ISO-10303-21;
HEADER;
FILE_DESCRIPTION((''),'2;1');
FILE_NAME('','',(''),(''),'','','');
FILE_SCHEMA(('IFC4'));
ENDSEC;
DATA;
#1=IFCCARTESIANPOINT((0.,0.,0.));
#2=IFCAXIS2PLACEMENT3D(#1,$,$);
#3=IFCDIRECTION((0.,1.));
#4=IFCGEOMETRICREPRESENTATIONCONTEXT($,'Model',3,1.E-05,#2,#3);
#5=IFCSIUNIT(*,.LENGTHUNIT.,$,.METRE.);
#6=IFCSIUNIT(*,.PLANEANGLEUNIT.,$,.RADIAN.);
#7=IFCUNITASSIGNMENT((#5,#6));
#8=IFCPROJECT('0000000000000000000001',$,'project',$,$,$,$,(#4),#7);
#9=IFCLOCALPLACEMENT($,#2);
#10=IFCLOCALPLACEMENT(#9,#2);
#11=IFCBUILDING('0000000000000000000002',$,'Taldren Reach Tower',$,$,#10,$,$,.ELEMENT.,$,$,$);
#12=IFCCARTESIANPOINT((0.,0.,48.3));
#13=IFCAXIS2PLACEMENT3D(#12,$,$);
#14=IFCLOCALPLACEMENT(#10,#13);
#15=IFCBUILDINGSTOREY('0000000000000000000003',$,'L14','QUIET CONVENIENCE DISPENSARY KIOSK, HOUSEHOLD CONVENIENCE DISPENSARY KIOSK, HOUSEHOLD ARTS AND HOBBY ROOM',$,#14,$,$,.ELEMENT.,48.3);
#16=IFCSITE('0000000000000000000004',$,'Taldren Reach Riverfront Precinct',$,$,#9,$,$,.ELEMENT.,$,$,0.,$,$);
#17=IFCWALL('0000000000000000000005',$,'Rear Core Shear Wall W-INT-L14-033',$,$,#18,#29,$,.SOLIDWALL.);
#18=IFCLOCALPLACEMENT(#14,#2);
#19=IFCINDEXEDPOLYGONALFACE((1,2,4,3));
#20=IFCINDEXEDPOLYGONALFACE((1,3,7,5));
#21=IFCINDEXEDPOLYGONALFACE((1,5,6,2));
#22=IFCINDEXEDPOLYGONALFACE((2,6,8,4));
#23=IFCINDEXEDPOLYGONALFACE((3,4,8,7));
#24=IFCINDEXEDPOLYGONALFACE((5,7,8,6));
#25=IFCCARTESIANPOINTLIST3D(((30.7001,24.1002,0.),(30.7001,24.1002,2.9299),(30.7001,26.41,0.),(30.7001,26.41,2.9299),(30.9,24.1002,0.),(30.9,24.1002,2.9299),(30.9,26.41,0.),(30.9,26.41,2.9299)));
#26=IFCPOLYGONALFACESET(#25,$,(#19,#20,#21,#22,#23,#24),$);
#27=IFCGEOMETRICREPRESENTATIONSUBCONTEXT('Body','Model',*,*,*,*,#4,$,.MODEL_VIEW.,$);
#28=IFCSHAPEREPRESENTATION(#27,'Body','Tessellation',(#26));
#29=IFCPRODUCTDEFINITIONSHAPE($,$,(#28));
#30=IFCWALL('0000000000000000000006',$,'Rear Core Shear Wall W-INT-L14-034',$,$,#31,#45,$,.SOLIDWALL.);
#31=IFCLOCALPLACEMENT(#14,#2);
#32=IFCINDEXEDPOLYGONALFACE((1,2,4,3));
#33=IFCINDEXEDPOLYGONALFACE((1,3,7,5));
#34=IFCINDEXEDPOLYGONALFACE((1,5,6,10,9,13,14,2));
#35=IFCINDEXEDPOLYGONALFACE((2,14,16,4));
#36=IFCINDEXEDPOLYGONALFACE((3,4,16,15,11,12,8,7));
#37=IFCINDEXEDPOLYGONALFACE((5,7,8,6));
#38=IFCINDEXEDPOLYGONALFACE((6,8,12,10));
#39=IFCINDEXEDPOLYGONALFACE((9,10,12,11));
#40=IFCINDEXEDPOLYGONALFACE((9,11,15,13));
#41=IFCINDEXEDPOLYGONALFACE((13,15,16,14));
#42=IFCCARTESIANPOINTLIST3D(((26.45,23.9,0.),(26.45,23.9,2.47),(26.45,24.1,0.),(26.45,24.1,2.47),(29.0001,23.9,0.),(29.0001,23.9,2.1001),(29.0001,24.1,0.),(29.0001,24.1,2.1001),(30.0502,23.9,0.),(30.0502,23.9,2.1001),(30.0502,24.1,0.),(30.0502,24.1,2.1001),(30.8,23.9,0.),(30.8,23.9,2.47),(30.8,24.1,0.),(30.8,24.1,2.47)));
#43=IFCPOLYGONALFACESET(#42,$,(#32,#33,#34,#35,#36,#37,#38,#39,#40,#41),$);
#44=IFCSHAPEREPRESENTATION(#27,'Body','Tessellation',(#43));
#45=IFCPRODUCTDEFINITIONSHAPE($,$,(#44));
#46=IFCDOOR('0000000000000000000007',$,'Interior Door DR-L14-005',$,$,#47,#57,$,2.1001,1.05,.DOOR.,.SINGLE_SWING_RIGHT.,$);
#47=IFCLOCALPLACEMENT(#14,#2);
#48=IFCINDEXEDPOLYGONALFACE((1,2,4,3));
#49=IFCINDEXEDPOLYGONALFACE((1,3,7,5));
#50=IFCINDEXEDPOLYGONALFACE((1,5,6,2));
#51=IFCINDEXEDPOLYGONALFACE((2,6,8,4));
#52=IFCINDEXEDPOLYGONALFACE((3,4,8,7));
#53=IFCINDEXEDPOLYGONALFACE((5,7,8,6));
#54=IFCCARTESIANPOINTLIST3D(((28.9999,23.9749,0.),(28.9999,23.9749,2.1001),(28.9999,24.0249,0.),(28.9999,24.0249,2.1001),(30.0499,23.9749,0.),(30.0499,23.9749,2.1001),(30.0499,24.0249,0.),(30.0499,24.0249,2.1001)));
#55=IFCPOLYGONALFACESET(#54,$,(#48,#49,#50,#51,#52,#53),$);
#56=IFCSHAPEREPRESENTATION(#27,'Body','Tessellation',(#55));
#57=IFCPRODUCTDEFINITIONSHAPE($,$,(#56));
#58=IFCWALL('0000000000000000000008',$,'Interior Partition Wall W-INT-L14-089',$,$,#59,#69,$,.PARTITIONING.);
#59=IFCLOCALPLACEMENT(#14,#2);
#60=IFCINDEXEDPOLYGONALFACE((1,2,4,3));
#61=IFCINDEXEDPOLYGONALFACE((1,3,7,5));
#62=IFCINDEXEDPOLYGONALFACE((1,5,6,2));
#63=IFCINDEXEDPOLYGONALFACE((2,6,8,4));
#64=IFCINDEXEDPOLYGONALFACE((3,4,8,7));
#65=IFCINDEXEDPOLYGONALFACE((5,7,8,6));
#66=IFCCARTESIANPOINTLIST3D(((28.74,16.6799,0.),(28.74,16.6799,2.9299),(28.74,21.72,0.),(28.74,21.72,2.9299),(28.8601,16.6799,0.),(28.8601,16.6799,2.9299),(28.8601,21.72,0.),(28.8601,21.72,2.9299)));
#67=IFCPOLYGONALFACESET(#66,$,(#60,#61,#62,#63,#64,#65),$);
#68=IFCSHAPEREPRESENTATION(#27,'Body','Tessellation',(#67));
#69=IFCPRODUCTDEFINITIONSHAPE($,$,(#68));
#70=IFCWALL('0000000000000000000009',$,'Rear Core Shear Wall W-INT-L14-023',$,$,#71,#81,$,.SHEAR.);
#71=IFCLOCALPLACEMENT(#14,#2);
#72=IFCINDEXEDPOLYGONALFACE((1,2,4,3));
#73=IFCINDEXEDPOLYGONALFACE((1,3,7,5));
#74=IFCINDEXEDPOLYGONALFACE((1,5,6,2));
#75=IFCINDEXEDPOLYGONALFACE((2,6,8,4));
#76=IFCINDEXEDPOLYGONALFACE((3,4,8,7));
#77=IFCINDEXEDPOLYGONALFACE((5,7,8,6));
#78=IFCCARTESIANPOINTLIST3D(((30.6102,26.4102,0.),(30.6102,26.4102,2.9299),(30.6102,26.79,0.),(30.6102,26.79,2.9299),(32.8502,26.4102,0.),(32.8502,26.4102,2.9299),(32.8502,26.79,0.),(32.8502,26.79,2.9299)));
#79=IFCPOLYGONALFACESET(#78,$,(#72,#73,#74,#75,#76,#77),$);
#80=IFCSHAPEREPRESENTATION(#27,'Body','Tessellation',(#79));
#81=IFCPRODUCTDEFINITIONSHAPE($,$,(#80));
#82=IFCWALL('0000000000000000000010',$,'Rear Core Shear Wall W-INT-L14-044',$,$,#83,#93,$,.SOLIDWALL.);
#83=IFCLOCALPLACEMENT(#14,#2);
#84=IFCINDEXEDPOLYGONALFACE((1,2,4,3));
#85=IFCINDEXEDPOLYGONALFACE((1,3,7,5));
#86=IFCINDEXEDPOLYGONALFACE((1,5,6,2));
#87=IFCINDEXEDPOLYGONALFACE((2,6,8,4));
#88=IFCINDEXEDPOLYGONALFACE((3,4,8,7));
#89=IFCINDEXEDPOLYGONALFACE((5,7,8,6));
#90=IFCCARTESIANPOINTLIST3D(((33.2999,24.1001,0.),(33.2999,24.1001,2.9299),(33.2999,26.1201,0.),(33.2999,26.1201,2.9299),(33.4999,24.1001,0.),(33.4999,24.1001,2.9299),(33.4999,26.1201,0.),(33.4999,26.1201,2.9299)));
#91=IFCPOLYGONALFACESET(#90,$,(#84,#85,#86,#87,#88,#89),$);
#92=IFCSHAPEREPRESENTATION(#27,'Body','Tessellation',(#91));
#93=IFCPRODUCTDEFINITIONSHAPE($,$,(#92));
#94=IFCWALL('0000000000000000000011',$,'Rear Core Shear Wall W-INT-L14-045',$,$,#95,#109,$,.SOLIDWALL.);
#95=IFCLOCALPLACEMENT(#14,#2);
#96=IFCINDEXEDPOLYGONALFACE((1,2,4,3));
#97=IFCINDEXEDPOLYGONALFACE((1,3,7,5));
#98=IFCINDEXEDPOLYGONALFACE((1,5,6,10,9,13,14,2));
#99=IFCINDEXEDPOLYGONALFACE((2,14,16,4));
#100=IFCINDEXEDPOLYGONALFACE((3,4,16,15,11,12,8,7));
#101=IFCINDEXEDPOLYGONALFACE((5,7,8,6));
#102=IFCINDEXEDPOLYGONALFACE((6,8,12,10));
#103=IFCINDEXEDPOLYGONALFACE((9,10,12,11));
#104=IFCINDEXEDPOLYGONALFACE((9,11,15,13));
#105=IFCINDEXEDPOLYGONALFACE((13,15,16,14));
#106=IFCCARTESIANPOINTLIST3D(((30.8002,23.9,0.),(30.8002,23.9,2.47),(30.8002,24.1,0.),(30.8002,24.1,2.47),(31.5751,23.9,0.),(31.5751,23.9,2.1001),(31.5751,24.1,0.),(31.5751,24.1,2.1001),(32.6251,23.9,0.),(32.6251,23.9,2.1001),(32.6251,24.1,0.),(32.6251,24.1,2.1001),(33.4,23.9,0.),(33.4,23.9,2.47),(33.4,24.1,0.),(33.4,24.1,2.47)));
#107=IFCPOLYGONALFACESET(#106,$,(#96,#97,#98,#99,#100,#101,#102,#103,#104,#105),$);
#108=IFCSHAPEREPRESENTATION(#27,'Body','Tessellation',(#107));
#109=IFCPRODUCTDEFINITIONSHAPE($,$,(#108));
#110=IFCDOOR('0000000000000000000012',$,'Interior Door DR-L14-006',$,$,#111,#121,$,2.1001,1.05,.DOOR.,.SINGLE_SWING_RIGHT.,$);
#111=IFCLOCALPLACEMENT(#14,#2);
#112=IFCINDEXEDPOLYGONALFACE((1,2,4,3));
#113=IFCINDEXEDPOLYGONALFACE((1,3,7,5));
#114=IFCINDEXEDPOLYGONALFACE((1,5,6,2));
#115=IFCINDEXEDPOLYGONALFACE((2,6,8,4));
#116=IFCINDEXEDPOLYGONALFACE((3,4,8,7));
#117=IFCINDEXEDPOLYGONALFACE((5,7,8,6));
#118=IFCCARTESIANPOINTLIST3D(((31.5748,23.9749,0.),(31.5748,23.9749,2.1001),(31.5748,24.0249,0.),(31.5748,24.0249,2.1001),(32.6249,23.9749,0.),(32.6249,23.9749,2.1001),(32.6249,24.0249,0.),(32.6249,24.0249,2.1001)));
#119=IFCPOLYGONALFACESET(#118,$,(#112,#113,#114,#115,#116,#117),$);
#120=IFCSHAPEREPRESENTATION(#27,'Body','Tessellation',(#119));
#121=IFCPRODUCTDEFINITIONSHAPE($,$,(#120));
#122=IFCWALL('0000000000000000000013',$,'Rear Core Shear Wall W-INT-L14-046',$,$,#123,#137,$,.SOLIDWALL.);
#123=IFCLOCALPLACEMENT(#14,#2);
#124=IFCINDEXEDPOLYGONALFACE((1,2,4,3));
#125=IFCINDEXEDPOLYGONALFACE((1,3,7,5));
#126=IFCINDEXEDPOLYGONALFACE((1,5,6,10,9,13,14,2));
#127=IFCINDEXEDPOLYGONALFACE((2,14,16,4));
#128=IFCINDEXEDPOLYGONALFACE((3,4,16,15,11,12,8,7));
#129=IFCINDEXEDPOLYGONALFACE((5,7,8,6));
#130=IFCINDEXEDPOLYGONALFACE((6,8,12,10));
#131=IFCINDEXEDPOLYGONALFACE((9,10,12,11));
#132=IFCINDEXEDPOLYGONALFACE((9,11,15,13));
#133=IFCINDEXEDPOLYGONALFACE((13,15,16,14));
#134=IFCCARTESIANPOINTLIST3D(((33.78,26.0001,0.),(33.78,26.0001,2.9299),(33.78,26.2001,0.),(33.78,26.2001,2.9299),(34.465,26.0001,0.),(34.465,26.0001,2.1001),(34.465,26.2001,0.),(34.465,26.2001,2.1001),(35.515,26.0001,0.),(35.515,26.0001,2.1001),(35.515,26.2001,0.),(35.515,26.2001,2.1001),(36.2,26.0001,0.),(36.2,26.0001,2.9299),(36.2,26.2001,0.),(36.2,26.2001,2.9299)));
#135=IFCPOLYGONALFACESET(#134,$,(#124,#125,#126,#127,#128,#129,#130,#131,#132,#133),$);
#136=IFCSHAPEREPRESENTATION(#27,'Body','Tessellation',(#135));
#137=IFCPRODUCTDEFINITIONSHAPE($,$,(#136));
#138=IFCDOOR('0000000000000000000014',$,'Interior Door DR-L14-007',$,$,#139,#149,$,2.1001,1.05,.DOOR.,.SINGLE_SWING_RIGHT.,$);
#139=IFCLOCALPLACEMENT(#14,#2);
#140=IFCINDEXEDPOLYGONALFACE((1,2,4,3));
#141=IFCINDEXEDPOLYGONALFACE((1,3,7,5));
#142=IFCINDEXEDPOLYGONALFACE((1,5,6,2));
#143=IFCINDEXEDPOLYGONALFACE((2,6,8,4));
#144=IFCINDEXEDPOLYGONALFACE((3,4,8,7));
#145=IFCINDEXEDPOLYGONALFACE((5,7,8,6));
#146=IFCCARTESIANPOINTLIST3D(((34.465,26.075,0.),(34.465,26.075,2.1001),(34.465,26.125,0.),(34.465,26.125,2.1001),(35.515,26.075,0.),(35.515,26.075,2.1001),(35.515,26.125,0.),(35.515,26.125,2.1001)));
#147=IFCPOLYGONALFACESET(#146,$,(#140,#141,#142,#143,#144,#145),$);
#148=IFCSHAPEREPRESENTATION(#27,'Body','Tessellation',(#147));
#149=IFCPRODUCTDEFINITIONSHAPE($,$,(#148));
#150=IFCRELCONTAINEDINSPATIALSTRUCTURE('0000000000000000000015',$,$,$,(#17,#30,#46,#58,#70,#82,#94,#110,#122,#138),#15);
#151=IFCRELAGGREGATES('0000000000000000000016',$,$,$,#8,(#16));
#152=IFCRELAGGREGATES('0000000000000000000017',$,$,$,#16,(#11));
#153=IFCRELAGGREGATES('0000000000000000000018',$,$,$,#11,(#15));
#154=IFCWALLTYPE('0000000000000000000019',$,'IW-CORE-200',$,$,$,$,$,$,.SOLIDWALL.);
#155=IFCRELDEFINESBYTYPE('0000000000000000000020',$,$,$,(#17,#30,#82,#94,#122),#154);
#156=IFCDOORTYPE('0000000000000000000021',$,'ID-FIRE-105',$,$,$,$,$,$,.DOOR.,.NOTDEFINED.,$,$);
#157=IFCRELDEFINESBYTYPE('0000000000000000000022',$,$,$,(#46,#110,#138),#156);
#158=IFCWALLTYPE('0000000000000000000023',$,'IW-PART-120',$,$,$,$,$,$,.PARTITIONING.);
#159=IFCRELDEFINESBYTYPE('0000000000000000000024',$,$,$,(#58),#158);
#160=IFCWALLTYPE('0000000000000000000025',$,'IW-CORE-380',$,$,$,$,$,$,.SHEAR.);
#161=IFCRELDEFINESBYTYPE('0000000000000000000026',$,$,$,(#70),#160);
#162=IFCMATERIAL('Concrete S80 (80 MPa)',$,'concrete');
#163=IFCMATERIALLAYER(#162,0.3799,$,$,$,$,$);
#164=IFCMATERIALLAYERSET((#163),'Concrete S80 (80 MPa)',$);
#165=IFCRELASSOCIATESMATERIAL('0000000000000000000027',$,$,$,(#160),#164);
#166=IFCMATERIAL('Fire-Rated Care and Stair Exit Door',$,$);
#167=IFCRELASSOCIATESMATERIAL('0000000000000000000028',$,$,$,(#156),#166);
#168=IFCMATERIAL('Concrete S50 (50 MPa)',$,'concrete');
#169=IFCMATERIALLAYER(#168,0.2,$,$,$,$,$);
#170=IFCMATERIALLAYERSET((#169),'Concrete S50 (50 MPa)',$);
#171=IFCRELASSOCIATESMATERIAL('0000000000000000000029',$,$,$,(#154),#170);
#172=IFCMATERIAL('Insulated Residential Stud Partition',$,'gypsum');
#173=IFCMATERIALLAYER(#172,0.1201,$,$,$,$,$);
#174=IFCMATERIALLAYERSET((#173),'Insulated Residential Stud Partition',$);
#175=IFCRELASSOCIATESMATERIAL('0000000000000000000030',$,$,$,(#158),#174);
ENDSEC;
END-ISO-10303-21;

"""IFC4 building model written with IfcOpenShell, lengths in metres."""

from ifc_helpers import new_model, si_unit, direction, frame, frame_2d, origin, place, context, subcontext, project, spatial, rectangle, extrude, source, transform, mapped, material, layer, layer_set, type_object, element, fill, save


model = new_model("IFC4")

# Units and contexts
model_context = context("Model", 3, precision=1e-05, world=origin(), true_north=direction((0.0, 1.0)))
body_context = subcontext(model_context, "Body", "Model", "MODEL_VIEW")
ifc_project = project(units=[si_unit("LENGTHUNIT", "METRE"), si_unit("PLANEANGLEUNIT", "RADIAN")], contexts=[model_context])

# Site, building, storey
site_placement = place(None, origin())
site = spatial("IfcSite", under=ifc_project, at=site_placement, Name="Taldren Reach Riverfront Precinct", CompositionType="ELEMENT", RefElevation=0.0)
building_placement = place(site_placement, origin())
building = spatial("IfcBuilding", under=site, at=building_placement, Name="Taldren Reach Tower", CompositionType="ELEMENT")
storey_placement = place(building_placement, frame((0.0, 0.0, 48.3)))
storey = spatial("IfcBuildingStorey", under=building, at=storey_placement, Name="L14", Description="QUIET CONVENIENCE DISPENSARY KIOSK, HOUSEHOLD CONVENIENCE DISPENSARY KIOSK, HOUSEHOLD ARTS AND HOBBY ROOM", CompositionType="ELEMENT", Elevation=48.3)

# Shared definitions
ifc_material_1 = material(Name="Concrete S80 (80 MPa)", Category="concrete")
ifc_layer_1 = layer(ifc_material_1, 0.3799)
ifc_layer_set_1 = layer_set([ifc_layer_1], Name="Concrete S80 (80 MPa)")
wall_type_1 = type_object("IfcWallType", Name="IW-CORE-380", PredefinedType="SHEAR", material=ifc_layer_set_1)
ifc_material_2 = material(Name="Fire-Rated Care and Stair Exit Door")
door_type = type_object("IfcDoorType", Name="ID-FIRE-105", OperationType="NOTDEFINED", PredefinedType="DOOR", material=ifc_material_2)
shared_shape_1 = source(origin(), body_context, "Body", "SweptSolid", [
    extrude(rectangle(XDim=1.05, YDim=2.1001, at=frame_2d((0.5249, 1.05))), frame((0.0, 0.0249, 0.0), z_axis=(0.0, -1.0, 0.0), x_axis=(1.0, 0.0, 0.0)), (0.0, 0.0, 1.0), 0.05),
])

# Shared definitions
ifc_material_3 = material(Name="Concrete S50 (50 MPa)", Category="concrete")
ifc_layer_2 = layer(ifc_material_3, 0.2)
ifc_layer_set_2 = layer_set([ifc_layer_2], Name="Concrete S50 (50 MPa)")
wall_type_2 = type_object("IfcWallType", Name="IW-CORE-200", PredefinedType="SOLIDWALL", material=ifc_layer_set_2)

# Shared definitions
shared_shape_2 = source(origin(), body_context, "Body", "SweptSolid", [
    extrude(rectangle(XDim=1.05, YDim=2.1001, at=frame_2d((0.5249, 1.05))), frame((0.0, 0.1099, 0.0), z_axis=(0.0, -1.0, 0.0), x_axis=(1.0, 0.0, 0.0)), (0.0, 0.0, 1.0), 0.22),
])

# Wall
shared_shape_3 = source(origin(), body_context, "Body", "SweptSolid", [
    extrude(rectangle(XDim=2.3098, YDim=0.2, at=frame_2d((1.1548, 0.0))), origin(), (0.0, 0.0, 1.0), 2.9299),
])
wall_1_placement = place(storey_placement, frame((30.8, 26.4099, 0.0), z_axis=(0.0, 0.0, 1.0), x_axis=(0.0, -1.0, 0.0)))
element("IfcWall", 1, at=wall_1_placement, inside=storey, type_object=wall_type_2, Name="Rear Core Shear Wall W-INT-L14-033", PredefinedType="SOLIDWALL", context=body_context, shape_type="MappedRepresentation", body=[
    mapped(shared_shape_3, transform((0.0, 0.0, 0.0), scale=1.0)),
])

# Wall, opening, door
shared_shape_4 = source(origin(), body_context, "Body", "SweptSolid", [
    extrude(rectangle(XDim=4.3501, YDim=0.2, at=frame_2d((2.175, 0.0))), origin(), (0.0, 0.0, 1.0), 2.47),
])
wall_2_placement = place(storey_placement, frame((30.8, 24.0, 0.0), z_axis=(0.0, 0.0, 1.0), x_axis=(-1.0, 0.0, 0.0)))
wall_2 = element("IfcWall", 2, at=wall_2_placement, inside=storey, type_object=wall_type_2, Name="Rear Core Shear Wall W-INT-L14-034", PredefinedType="SOLIDWALL", context=body_context, shape_type="MappedRepresentation", body=[
    mapped(shared_shape_4, transform((0.0, 0.0, 0.0), scale=1.0)),
])
opening_1_placement = place(wall_2_placement, frame((0.75, 0.0, 0.0)))
opening_1 = element("IfcOpeningElement", 3, at=opening_1_placement, cuts=wall_2, PredefinedType="OPENING", context=body_context, shape_type="MappedRepresentation", body=[
    mapped(shared_shape_2, transform((0.0, 0.0, 0.0), scale=1.0)),
])
door_1_placement = place(opening_1_placement, frame((1.05, 0.0, 0.0), z_axis=(0.0, 0.0, 1.0), x_axis=(-1.0, 0.0, 0.0)))
door_1 = element("IfcDoor", 4, at=door_1_placement, inside=storey, type_object=door_type, Name="Interior Door DR-L14-005", OperationType="SINGLE_SWING_RIGHT", OverallHeight=2.1001, OverallWidth=1.05, PredefinedType="DOOR", context=body_context, shape_type="MappedRepresentation", body=[
    mapped(shared_shape_1, transform((0.0, 0.0, 0.0), scale=1.0)),
])
fill(opening_1, door_1)

# Walls
ifc_material_4 = material(Name="Insulated Residential Stud Partition", Category="gypsum")
ifc_layer_3 = layer(ifc_material_4, 0.1201)
ifc_layer_set_3 = layer_set([ifc_layer_3], Name="Insulated Residential Stud Partition")
wall_type_3 = type_object("IfcWallType", Name="IW-PART-120", PredefinedType="PARTITIONING", material=ifc_layer_set_3)
shared_shape_5 = source(origin(), body_context, "Body", "SweptSolid", [
    extrude(rectangle(XDim=5.04, YDim=0.1201, at=frame_2d((2.52, 0.0))), origin(), (0.0, 0.0, 1.0), 2.9299),
])
wall_3_placement = place(storey_placement, frame((28.8, 21.72, 0.0), z_axis=(0.0, 0.0, 1.0), x_axis=(0.0, -1.0, 0.0)))
element("IfcWall", 5, at=wall_3_placement, inside=storey, type_object=wall_type_3, Name="Interior Partition Wall W-INT-L14-089", PredefinedType="PARTITIONING", context=body_context, shape_type="MappedRepresentation", body=[
    mapped(shared_shape_5, transform((0.0, 0.0, 0.0), scale=1.0)),
])
shared_shape_6 = source(origin(), body_context, "Body", "SweptSolid", [
    extrude(rectangle(XDim=2.24, YDim=0.3799, at=frame_2d((1.1201, 0.0))), origin(), (0.0, 0.0, 1.0), 2.9299),
])
wall_4_placement = place(storey_placement, frame((30.6101, 26.6001, 0.0), z_axis=(0.0, 0.0, 1.0), x_axis=(1.0, 0.0, 0.0)))
element("IfcWall", 6, at=wall_4_placement, inside=storey, type_object=wall_type_1, Name="Rear Core Shear Wall W-INT-L14-023", PredefinedType="SHEAR", context=body_context, shape_type="MappedRepresentation", body=[
    mapped(shared_shape_6, transform((0.0, 0.0, 0.0), scale=1.0)),
])
shared_shape_7 = source(origin(), body_context, "Body", "SweptSolid", [
    extrude(rectangle(XDim=2.02, YDim=0.2, at=frame_2d((1.01, 0.0))), origin(), (0.0, 0.0, 1.0), 2.9299),
])
wall_5_placement = place(storey_placement, frame((33.3999, 26.1201, 0.0), z_axis=(0.0, 0.0, 1.0), x_axis=(0.0, -1.0, 0.0)))
element("IfcWall", 7, at=wall_5_placement, inside=storey, type_object=wall_type_2, Name="Rear Core Shear Wall W-INT-L14-044", PredefinedType="SOLIDWALL", context=body_context, shape_type="MappedRepresentation", body=[
    mapped(shared_shape_7, transform((0.0, 0.0, 0.0), scale=1.0)),
])

# Walls, openings, doors
shared_shape_8 = source(origin(), body_context, "Body", "SweptSolid", [
    extrude(rectangle(XDim=2.5999, YDim=0.2, at=frame_2d((1.2998, 0.0))), origin(), (0.0, 0.0, 1.0), 2.47),
])
wall_6_placement = place(storey_placement, frame((33.3999, 24.0, 0.0), z_axis=(0.0, 0.0, 1.0), x_axis=(-1.0, 0.0, 0.0)))
wall_6 = element("IfcWall", 8, at=wall_6_placement, inside=storey, type_object=wall_type_2, Name="Rear Core Shear Wall W-INT-L14-045", PredefinedType="SOLIDWALL", context=body_context, shape_type="MappedRepresentation", body=[
    mapped(shared_shape_8, transform((0.0, 0.0, 0.0), scale=1.0)),
])
opening_2_placement = place(wall_6_placement, frame((0.7749, 0.0, 0.0)))
opening_2 = element("IfcOpeningElement", 9, at=opening_2_placement, cuts=wall_6, PredefinedType="OPENING", context=body_context, shape_type="MappedRepresentation", body=[
    mapped(shared_shape_2, transform((0.0, 0.0, 0.0), scale=1.0)),
])
door_2_placement = place(opening_2_placement, frame((1.05, 0.0, 0.0), z_axis=(0.0, 0.0, 1.0), x_axis=(-1.0, 0.0, 0.0)))
door_2 = element("IfcDoor", 10, at=door_2_placement, inside=storey, type_object=door_type, Name="Interior Door DR-L14-006", OperationType="SINGLE_SWING_RIGHT", OverallHeight=2.1001, OverallWidth=1.05, PredefinedType="DOOR", context=body_context, shape_type="MappedRepresentation", body=[
    mapped(shared_shape_1, transform((0.0, 0.0, 0.0), scale=1.0)),
])
fill(opening_2, door_2)
shared_shape_9 = source(origin(), body_context, "Body", "SweptSolid", [
    extrude(rectangle(XDim=2.4199, YDim=0.2, at=frame_2d((1.21, 0.0))), origin(), (0.0, 0.0, 1.0), 2.9299),
])
wall_7_placement = place(storey_placement, frame((33.78, 26.1001, 0.0), z_axis=(0.0, 0.0, 1.0), x_axis=(1.0, 0.0, 0.0)))
wall_7 = element("IfcWall", 11, at=wall_7_placement, inside=storey, type_object=wall_type_2, Name="Rear Core Shear Wall W-INT-L14-046", PredefinedType="SOLIDWALL", context=body_context, shape_type="MappedRepresentation", body=[
    mapped(shared_shape_9, transform((0.0, 0.0, 0.0), scale=1.0)),
])
opening_3_placement = place(wall_7_placement, frame((0.6851, 0.0, 0.0)))
opening_3 = element("IfcOpeningElement", 12, at=opening_3_placement, cuts=wall_7, PredefinedType="OPENING", context=body_context, shape_type="MappedRepresentation", body=[
    mapped(shared_shape_2, transform((0.0, 0.0, 0.0), scale=1.0)),
])
door_3_placement = place(opening_3_placement, origin())
door_3 = element("IfcDoor", 13, at=door_3_placement, inside=storey, type_object=door_type, Name="Interior Door DR-L14-007", OperationType="SINGLE_SWING_RIGHT", OverallHeight=2.1001, OverallWidth=1.05, PredefinedType="DOOR", context=body_context, shape_type="MappedRepresentation", body=[
    mapped(shared_shape_1, transform((0.0, 0.0, 0.0), scale=1.0)),
])
fill(opening_3, door_3)

save(model, "model.ifc")
